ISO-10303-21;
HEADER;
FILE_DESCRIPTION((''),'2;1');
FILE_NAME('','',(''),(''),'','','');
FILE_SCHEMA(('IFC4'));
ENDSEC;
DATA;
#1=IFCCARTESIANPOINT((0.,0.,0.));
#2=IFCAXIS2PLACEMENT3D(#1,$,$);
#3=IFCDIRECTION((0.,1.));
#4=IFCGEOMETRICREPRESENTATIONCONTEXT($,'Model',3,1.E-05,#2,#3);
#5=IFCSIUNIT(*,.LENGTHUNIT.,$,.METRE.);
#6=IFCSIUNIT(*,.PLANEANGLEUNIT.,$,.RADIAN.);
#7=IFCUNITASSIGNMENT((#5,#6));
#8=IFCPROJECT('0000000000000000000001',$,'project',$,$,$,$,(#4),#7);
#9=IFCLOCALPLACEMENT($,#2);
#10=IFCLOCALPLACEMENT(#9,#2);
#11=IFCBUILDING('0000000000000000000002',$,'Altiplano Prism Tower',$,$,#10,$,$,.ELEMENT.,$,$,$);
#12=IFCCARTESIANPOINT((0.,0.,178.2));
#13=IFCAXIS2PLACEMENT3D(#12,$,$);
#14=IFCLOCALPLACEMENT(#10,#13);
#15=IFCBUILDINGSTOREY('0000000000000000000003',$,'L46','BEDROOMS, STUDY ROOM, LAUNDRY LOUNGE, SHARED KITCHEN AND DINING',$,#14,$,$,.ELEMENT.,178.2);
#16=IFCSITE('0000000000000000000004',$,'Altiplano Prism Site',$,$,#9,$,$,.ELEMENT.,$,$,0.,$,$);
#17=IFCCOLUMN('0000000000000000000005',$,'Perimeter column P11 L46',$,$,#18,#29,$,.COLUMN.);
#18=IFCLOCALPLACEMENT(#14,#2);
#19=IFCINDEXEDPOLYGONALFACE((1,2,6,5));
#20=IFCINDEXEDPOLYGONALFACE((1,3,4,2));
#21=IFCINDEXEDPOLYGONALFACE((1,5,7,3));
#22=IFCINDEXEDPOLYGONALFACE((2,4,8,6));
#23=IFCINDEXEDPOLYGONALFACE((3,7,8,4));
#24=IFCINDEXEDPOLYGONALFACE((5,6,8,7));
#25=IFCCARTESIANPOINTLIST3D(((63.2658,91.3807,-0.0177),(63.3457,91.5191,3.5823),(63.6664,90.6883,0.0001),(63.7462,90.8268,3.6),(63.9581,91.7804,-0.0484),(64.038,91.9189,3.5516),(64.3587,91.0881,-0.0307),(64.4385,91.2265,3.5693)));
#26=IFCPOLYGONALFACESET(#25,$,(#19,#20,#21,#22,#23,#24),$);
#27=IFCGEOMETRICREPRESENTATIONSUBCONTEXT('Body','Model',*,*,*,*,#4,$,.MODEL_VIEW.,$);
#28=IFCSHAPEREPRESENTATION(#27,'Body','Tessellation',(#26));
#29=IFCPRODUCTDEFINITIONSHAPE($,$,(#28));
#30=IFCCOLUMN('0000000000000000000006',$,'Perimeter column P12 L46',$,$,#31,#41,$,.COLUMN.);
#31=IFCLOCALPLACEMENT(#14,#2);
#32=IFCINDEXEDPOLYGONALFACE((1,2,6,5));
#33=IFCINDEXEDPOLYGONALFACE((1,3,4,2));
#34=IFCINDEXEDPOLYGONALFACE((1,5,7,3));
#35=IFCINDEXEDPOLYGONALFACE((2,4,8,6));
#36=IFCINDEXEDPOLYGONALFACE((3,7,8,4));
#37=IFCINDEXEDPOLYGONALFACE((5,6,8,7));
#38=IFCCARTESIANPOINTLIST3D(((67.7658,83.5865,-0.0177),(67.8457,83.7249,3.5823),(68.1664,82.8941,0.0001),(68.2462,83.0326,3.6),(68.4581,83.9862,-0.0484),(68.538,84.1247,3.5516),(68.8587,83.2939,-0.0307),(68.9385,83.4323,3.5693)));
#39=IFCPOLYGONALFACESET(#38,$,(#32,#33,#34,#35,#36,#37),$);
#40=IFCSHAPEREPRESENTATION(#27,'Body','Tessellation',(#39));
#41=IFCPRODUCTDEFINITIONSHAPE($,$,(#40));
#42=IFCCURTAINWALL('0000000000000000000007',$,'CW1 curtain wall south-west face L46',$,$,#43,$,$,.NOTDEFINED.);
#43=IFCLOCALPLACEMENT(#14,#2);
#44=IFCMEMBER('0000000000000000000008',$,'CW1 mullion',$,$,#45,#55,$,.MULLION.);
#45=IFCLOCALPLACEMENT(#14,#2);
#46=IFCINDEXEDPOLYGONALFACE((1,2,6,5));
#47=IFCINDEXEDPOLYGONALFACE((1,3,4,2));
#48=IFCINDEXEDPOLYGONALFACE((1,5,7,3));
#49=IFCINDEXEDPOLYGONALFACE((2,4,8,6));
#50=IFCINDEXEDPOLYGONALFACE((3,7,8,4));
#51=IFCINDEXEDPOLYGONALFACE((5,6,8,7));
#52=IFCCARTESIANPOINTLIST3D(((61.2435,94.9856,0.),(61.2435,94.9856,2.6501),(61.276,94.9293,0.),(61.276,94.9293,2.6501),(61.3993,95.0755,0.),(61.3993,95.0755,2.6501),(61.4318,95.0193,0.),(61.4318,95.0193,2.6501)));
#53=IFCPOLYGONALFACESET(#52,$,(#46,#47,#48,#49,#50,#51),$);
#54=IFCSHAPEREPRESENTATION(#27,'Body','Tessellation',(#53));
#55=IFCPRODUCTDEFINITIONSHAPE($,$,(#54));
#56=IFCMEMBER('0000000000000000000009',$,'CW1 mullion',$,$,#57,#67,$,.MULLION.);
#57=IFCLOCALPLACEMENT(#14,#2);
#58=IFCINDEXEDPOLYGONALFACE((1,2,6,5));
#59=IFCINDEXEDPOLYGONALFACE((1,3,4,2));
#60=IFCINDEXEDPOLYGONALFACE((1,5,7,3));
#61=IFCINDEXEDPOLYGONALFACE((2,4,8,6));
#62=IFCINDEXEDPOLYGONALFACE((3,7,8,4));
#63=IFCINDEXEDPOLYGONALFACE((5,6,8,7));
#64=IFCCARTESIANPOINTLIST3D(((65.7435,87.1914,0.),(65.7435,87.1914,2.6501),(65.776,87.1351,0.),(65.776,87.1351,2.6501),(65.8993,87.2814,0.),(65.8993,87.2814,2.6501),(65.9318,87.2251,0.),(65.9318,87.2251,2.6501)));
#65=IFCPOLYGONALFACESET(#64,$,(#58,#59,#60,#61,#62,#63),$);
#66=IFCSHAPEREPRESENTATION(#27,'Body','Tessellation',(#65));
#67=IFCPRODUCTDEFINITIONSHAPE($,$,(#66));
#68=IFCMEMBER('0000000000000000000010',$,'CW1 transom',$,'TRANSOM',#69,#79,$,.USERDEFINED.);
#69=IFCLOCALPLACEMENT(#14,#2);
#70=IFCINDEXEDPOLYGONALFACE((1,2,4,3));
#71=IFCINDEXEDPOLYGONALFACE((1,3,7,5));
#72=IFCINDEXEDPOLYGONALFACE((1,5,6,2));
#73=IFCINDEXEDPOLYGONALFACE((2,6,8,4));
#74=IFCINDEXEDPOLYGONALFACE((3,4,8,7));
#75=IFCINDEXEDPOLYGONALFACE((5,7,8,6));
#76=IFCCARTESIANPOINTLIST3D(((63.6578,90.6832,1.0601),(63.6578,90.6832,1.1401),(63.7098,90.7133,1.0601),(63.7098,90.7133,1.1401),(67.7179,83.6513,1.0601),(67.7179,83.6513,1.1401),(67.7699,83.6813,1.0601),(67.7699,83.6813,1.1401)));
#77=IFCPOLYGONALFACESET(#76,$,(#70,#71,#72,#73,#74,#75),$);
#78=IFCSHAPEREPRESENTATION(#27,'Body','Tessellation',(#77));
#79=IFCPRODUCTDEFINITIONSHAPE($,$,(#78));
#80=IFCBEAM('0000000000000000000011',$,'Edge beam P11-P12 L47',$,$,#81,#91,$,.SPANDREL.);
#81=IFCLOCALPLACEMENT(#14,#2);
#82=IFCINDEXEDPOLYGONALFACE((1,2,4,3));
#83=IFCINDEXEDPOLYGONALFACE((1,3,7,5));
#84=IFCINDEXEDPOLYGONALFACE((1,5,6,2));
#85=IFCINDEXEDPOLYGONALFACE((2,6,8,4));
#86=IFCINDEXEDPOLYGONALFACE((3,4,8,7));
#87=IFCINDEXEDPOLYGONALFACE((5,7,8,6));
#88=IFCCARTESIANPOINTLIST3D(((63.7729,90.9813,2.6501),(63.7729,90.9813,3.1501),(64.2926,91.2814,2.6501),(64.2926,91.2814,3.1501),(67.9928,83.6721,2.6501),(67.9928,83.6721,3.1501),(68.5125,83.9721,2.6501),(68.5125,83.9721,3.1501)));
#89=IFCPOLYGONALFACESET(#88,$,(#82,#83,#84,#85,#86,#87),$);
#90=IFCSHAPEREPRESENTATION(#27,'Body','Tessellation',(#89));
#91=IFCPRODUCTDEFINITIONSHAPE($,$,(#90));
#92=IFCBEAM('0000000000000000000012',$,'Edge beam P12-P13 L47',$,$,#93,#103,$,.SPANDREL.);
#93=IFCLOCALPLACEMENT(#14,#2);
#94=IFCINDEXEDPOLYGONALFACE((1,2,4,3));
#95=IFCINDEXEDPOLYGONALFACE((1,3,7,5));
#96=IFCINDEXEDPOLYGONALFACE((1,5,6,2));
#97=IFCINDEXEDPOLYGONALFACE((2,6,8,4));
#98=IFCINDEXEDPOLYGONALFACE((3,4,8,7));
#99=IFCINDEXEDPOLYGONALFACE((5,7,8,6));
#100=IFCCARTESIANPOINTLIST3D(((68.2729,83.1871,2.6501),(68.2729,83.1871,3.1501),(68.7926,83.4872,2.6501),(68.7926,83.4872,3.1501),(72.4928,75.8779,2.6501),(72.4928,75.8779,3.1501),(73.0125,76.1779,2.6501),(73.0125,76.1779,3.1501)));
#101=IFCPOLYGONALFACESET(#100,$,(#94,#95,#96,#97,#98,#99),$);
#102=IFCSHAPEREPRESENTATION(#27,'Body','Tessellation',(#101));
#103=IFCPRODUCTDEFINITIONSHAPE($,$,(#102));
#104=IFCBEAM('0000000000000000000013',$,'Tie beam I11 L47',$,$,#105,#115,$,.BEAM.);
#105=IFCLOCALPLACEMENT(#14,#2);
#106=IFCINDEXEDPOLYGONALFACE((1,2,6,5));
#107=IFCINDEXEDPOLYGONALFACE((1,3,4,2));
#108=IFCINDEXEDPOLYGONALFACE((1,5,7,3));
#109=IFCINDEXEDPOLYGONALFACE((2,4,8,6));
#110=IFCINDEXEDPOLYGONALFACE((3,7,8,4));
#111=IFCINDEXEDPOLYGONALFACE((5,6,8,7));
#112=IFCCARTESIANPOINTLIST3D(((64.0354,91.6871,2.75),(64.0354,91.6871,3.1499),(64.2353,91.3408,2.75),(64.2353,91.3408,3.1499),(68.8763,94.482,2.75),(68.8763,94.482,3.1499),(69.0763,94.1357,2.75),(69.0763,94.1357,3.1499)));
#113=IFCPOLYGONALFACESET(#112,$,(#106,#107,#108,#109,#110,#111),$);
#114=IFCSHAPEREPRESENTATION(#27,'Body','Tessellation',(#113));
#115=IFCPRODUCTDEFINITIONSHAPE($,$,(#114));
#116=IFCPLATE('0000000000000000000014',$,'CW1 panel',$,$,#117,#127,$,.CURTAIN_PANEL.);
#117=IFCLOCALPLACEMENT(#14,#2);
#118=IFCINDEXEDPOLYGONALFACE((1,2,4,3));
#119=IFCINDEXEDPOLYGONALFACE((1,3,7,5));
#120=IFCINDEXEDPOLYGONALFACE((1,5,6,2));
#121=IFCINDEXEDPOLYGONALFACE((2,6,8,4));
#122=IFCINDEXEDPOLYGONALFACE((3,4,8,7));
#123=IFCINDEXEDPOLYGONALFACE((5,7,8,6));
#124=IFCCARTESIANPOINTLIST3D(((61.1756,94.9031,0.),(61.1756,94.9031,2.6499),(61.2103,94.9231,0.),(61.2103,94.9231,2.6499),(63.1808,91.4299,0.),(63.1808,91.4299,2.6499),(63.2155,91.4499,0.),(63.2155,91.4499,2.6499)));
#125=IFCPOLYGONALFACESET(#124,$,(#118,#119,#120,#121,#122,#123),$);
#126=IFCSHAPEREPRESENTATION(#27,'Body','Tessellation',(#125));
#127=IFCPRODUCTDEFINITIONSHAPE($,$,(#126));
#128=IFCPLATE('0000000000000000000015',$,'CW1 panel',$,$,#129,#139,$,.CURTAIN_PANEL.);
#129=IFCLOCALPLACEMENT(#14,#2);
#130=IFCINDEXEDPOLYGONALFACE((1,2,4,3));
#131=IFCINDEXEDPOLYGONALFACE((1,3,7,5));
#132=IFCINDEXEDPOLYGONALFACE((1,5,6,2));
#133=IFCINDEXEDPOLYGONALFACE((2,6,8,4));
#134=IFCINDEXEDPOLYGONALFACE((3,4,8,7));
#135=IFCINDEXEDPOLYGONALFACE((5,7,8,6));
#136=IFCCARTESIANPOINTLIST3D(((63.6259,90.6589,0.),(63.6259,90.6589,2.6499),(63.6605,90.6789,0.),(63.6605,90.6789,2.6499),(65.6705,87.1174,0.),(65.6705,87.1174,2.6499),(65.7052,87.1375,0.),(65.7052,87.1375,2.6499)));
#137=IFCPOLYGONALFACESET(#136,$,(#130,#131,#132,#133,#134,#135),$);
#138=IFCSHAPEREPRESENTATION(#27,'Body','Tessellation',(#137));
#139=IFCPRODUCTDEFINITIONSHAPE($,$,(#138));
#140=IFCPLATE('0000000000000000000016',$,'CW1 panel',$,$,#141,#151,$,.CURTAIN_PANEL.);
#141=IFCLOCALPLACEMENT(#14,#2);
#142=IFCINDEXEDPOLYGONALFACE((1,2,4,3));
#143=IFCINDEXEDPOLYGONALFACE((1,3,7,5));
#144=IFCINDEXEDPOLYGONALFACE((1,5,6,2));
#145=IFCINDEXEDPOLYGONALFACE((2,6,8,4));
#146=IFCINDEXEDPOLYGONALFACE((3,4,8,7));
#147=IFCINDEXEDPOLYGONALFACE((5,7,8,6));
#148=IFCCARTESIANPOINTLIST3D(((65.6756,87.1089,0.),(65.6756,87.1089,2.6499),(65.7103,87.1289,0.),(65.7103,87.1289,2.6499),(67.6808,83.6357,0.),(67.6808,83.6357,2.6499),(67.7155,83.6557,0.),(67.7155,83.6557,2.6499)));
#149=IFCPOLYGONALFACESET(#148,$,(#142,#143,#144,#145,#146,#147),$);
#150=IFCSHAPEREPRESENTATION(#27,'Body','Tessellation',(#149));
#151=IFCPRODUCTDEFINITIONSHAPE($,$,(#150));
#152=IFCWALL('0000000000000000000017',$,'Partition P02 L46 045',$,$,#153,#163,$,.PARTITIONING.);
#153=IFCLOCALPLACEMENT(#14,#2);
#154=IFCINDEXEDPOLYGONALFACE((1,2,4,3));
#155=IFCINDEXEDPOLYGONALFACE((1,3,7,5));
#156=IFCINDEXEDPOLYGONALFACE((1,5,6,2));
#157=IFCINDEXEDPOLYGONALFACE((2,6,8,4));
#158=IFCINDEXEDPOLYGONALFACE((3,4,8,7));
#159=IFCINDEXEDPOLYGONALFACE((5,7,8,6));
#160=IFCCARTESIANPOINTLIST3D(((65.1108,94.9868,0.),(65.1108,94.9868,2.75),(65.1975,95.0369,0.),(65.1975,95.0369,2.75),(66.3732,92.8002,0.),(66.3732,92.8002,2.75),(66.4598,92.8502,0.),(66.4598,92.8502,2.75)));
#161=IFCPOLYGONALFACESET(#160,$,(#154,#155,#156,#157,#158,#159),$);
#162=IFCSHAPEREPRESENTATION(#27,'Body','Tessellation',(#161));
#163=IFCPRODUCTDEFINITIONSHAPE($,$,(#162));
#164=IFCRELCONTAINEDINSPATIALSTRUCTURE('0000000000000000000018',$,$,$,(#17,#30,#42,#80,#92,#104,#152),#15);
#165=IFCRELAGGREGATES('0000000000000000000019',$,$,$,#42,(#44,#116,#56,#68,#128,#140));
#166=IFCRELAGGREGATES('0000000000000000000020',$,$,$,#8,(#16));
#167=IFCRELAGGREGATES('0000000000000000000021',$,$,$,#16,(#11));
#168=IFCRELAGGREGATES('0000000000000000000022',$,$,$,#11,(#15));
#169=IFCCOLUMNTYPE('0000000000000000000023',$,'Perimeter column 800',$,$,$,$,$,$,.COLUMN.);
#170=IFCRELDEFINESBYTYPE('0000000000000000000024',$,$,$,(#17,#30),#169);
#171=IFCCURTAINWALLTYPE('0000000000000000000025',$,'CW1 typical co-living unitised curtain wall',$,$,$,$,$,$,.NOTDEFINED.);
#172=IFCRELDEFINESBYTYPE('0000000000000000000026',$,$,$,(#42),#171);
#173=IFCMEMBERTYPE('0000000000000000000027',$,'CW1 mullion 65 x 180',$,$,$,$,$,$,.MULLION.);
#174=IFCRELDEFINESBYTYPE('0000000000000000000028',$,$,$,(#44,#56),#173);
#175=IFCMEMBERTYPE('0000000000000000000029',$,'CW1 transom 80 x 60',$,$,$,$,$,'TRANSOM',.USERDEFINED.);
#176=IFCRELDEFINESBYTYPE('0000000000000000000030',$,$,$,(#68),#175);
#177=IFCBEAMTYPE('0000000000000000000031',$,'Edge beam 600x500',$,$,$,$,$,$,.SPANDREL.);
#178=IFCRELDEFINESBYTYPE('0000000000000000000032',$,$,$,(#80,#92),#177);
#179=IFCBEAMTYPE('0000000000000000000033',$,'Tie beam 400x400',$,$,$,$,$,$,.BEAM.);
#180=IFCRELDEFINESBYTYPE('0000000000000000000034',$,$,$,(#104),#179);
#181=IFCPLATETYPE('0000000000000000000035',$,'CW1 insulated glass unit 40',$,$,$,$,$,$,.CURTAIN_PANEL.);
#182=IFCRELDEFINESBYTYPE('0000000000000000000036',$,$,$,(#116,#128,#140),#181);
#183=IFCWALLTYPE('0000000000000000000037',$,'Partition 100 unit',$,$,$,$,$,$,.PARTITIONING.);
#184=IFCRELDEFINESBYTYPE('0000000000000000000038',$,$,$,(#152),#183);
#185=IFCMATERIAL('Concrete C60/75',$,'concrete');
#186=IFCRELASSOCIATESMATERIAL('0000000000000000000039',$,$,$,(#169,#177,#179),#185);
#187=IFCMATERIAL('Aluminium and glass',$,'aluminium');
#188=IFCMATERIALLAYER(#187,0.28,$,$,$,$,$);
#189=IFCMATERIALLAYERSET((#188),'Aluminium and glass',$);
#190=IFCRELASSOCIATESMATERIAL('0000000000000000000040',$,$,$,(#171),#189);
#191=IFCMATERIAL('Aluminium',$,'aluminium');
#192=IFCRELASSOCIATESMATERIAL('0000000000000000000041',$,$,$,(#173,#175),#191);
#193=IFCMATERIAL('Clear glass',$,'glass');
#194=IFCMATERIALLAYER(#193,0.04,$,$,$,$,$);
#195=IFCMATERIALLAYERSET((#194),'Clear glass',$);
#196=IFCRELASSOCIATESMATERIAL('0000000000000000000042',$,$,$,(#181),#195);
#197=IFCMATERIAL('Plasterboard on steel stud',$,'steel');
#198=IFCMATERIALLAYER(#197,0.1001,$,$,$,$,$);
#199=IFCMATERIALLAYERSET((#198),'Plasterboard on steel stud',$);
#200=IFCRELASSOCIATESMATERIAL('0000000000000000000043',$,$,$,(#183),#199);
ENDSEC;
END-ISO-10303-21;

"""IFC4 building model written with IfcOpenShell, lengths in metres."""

from ifc_helpers import new_model, si_unit, direction, frame, frame_2d, origin, origin_2d, place, context, subcontext, project, spatial, rectangle, extrude, material, layer, layer_set, material_profile, profile_set, type_object, element, aggregate, save


model = new_model("IFC4")

# Units and contexts
model_context = context("Model", 3, precision=1e-05, world=origin(), true_north=direction((0.0, 1.0)))
body_context = subcontext(model_context, "Body", "Model", "MODEL_VIEW")
ifc_project = project(units=[si_unit("LENGTHUNIT", "METRE"), si_unit("PLANEANGLEUNIT", "RADIAN")], contexts=[model_context])

# Site, building, storey
site_placement = place(None, origin())
site = spatial("IfcSite", under=ifc_project, at=site_placement, Name="Altiplano Prism Site", CompositionType="ELEMENT", RefElevation=0.0)
building_placement = place(site_placement, origin())
building = spatial("IfcBuilding", under=site, at=building_placement, Name="Altiplano Prism Tower", CompositionType="ELEMENT")
storey_placement = place(building_placement, frame((0.0, 0.0, 178.2)))
storey = spatial("IfcBuildingStorey", under=building, at=storey_placement, Name="L46", Description="BEDROOMS, STUDY ROOM, LAUNDRY LOUNGE, SHARED KITCHEN AND DINING", CompositionType="ELEMENT", Elevation=178.2)

# Columns
ifc_material_1 = material(Name="Concrete C60/75", Category="concrete")
ifc_material_profile_1 = material_profile(ifc_material_1, rectangle(XDim=0.8, YDim=0.8, at=origin_2d()), Name="Perimeter column 800")
ifc_profile_set_1 = profile_set([ifc_material_profile_1], Name="Concrete C60/75")
column_type = type_object("IfcColumnType", Name="Perimeter column 800", PredefinedType="COLUMN", material=ifc_profile_set_1)
for number, where, z_axis, x_axis, name in (
    (1, (63.8123, 91.2344, -0.0242), (0.022155, 0.038416, 0.999016), (-0.865362, -0.499674, 0.038405), "Perimeter column P11 L46"),
    (2, (68.3123, 83.4402, -0.0242), (0.022155, 0.038416, 0.999016), (-0.865362, -0.499674, 0.038405), "Perimeter column P12 L46"),
):
    element("IfcColumn", number, at=place(storey_placement, frame(where, z_axis=z_axis, x_axis=x_axis)), inside=storey, type_object=column_type, Name=name, PredefinedType="COLUMN", context=body_context, shape_type="SweptSolid", body=[
        extrude(rectangle(XDim=0.8, YDim=0.8, at=origin_2d()), origin(), (0.0, 0.0, 1.0), 3.6035),
    ])

# Curtain wall, members
ifc_material_2 = material(Name="Aluminium and glass", Category="aluminium")
ifc_layer_1 = layer(ifc_material_2, 0.28)
ifc_layer_set_1 = layer_set([ifc_layer_1], Name="Aluminium and glass")
curtain_wall_type = type_object("IfcCurtainWallType", Name="CW1 typical co-living unitised curtain wall", PredefinedType="NOTDEFINED", material=ifc_layer_set_1)
curtain_wall_placement = place(storey_placement, origin())
curtain_wall = element("IfcCurtainWall", 3, at=curtain_wall_placement, inside=storey, type_object=curtain_wall_type, Name="CW1 curtain wall south-west face L46", PredefinedType="NOTDEFINED")
ifc_material_3 = material(Name="Aluminium", Category="aluminium")
ifc_material_profile_2 = material_profile(ifc_material_3, rectangle(XDim=0.1799, YDim=0.0649, at=origin_2d()), Name="CW1 mullion 65 x 180")
ifc_profile_set_2 = profile_set([ifc_material_profile_2], Name="Aluminium")
member_type_1 = type_object("IfcMemberType", Name="CW1 mullion 65 x 180", PredefinedType="MULLION", material=ifc_profile_set_2)
member_1_placement = place(storey_placement, frame((61.3376, 95.0024, 0.0), z_axis=(0.0, 0.0, 1.0), x_axis=(0.866025, 0.5, 0.0)))
member_1 = element("IfcMember", 4, at=member_1_placement, type_object=member_type_1, Name="CW1 mullion", PredefinedType="MULLION", context=body_context, shape_type="SweptSolid", body=[
    extrude(rectangle(XDim=0.1799, YDim=0.0649, at=origin_2d()), origin(), (0.0, 0.0, 1.0), 2.6501),
])
member_2_placement = place(storey_placement, frame((65.8376, 87.2083, 0.0), z_axis=(0.0, 0.0, 1.0), x_axis=(0.866025, 0.5, 0.0)))
member_2 = element("IfcMember", 5, at=member_2_placement, type_object=member_type_1, Name="CW1 mullion", PredefinedType="MULLION", context=body_context, shape_type="SweptSolid", body=[
    extrude(rectangle(XDim=0.1799, YDim=0.0649, at=origin_2d()), origin(), (0.0, 0.0, 1.0), 2.6501),
])
ifc_material_profile_3 = material_profile(ifc_material_3, rectangle(XDim=0.0601, YDim=0.0801, at=origin_2d()), Name="CW1 transom 80 x 60")
ifc_profile_set_3 = profile_set([ifc_material_profile_3], Name="Aluminium")
member_type_2 = type_object("IfcMemberType", Name="CW1 transom 80 x 60", ElementType="TRANSOM", PredefinedType="USERDEFINED", material=ifc_profile_set_3)
member_3_placement = place(storey_placement, frame((63.6838, 90.6982, 1.1001), z_axis=(0.500013, -0.866018, 0.0), x_axis=(0.866018, 0.500013, 0.0)))
member_3 = element("IfcMember", 6, at=member_3_placement, type_object=member_type_2, Name="CW1 transom", ObjectType="TRANSOM", PredefinedType="USERDEFINED", context=body_context, shape_type="SweptSolid", body=[
    extrude(rectangle(XDim=0.0601, YDim=0.0801, at=origin_2d()), origin(), (0.0, 0.0, 1.0), 8.1199),
])

# Beams
ifc_material_profile_4 = material_profile(ifc_material_1, rectangle(XDim=0.6001, YDim=0.5, at=origin_2d()), Name="Edge beam 600x500")
ifc_profile_set_4 = profile_set([ifc_material_profile_4], Name="Concrete C60/75")
beam_type_1 = type_object("IfcBeamType", Name="Edge beam 600x500", PredefinedType="SPANDREL", material=ifc_profile_set_4)
for number, where, z_axis, x_axis, name in (
    (7, (64.0327, 91.1313, 2.9001), (0.499994, -0.866029, 0.0), (0.866029, 0.499994, 0.0), "Edge beam P11-P12 L47"),
    (8, (68.5327, 83.3372, 2.9001), (0.499994, -0.866029, 0.0), (0.866029, 0.499994, 0.0), "Edge beam P12-P13 L47"),
):
    element("IfcBeam", number, at=place(storey_placement, frame(where, z_axis=z_axis, x_axis=x_axis)), inside=storey, type_object=beam_type_1, Name=name, PredefinedType="SPANDREL", context=body_context, shape_type="SweptSolid", body=[
        extrude(rectangle(XDim=0.6001, YDim=0.5, at=origin_2d()), origin(), (0.0, 0.0, 1.0), 8.4399),
    ])
ifc_material_profile_5 = material_profile(ifc_material_1, rectangle(XDim=0.3999, YDim=0.3999, at=origin_2d()), Name="Tie beam 400x400")
ifc_profile_set_5 = profile_set([ifc_material_profile_5], Name="Concrete C60/75")
beam_type_2 = type_object("IfcBeamType", Name="Tie beam 400x400", PredefinedType="BEAM", material=ifc_profile_set_5)
beam_placement = place(storey_placement, frame((68.9763, 94.3088, 2.95), z_axis=(-0.866031, -0.499991, 0.0), x_axis=(0.499991, -0.866031, 0.0)))
element("IfcBeam", 9, at=beam_placement, inside=storey, type_object=beam_type_2, Name="Tie beam I11 L47", PredefinedType="BEAM", context=body_context, shape_type="SweptSolid", body=[
    extrude(rectangle(XDim=0.3999, YDim=0.3999, at=origin_2d()), origin(), (0.0, 0.0, 1.0), 5.5898),
])

# Plates
ifc_material_4 = material(Name="Clear glass", Category="glass")
ifc_layer_2 = layer(ifc_material_4, 0.04)
ifc_layer_set_2 = layer_set([ifc_layer_2], Name="Clear glass")
plate_type = type_object("IfcPlateType", Name="CW1 insulated glass unit 40", PredefinedType="CURTAIN_PANEL", material=ifc_layer_set_2)
plate_1_placement = place(storey_placement, frame((62.1956, 93.1765, 0.0), z_axis=(0.0, 0.0, 1.0), x_axis=(0.5, -0.866025, 0.0)))
plate_1 = element("IfcPlate", 10, at=plate_1_placement, type_object=plate_type, Name="CW1 panel", PredefinedType="CURTAIN_PANEL", context=body_context, shape_type="SweptSolid", body=[
    extrude(rectangle(XDim=4.0105, YDim=0.04, at=origin_2d()), origin(), (0.0, 0.0, 1.0), 2.6499),
])
plate_2_placement = place(storey_placement, frame((64.6655, 88.8982, 0.0), z_axis=(0.0, 0.0, 1.0), x_axis=(0.5, -0.866025, 0.0)))
plate_2 = element("IfcPlate", 11, at=plate_2_placement, type_object=plate_type, Name="CW1 panel", PredefinedType="CURTAIN_PANEL", context=body_context, shape_type="SweptSolid", body=[
    extrude(rectangle(XDim=4.0894, YDim=0.04, at=origin_2d()), origin(), (0.0, 0.0, 1.0), 2.6499),
])
plate_3_placement = place(storey_placement, frame((66.6956, 85.3823, 0.0), z_axis=(0.0, 0.0, 1.0), x_axis=(0.5, -0.866025, 0.0)))
plate_3 = element("IfcPlate", 12, at=plate_3_placement, type_object=plate_type, Name="CW1 panel", PredefinedType="CURTAIN_PANEL", context=body_context, shape_type="SweptSolid", body=[
    extrude(rectangle(XDim=4.0105, YDim=0.04, at=origin_2d()), origin(), (0.0, 0.0, 1.0), 2.6499),
])
aggregate(curtain_wall, [member_1, plate_1, member_2, member_3, plate_2, plate_3])

# Wall
ifc_material_5 = material(Name="Plasterboard on steel stud", Category="steel")
ifc_layer_3 = layer(ifc_material_5, 0.1001)
ifc_layer_set_3 = layer_set([ifc_layer_3], Name="Plasterboard on steel stud")
wall_type_1 = type_object("IfcWallType", Name="Partition 100 unit", PredefinedType="PARTITIONING", material=ifc_layer_set_3)
wall_1_placement = place(storey_placement, frame((66.4165, 92.8252, 0.0), z_axis=(0.0, 0.0, 1.0), x_axis=(-0.499976, 0.866039, 0.0)))
element("IfcWall", 13, at=wall_1_placement, inside=storey, type_object=wall_type_1, Name="Partition P02 L46 045", PredefinedType="PARTITIONING", context=body_context, shape_type="SweptSolid", body=[
    extrude(rectangle(XDim=2.5249, YDim=0.1001, at=frame_2d((1.2625, 0.0))), origin(), (0.0, 0.0, 1.0), 2.75),
])

save(model, "model.ifc")
